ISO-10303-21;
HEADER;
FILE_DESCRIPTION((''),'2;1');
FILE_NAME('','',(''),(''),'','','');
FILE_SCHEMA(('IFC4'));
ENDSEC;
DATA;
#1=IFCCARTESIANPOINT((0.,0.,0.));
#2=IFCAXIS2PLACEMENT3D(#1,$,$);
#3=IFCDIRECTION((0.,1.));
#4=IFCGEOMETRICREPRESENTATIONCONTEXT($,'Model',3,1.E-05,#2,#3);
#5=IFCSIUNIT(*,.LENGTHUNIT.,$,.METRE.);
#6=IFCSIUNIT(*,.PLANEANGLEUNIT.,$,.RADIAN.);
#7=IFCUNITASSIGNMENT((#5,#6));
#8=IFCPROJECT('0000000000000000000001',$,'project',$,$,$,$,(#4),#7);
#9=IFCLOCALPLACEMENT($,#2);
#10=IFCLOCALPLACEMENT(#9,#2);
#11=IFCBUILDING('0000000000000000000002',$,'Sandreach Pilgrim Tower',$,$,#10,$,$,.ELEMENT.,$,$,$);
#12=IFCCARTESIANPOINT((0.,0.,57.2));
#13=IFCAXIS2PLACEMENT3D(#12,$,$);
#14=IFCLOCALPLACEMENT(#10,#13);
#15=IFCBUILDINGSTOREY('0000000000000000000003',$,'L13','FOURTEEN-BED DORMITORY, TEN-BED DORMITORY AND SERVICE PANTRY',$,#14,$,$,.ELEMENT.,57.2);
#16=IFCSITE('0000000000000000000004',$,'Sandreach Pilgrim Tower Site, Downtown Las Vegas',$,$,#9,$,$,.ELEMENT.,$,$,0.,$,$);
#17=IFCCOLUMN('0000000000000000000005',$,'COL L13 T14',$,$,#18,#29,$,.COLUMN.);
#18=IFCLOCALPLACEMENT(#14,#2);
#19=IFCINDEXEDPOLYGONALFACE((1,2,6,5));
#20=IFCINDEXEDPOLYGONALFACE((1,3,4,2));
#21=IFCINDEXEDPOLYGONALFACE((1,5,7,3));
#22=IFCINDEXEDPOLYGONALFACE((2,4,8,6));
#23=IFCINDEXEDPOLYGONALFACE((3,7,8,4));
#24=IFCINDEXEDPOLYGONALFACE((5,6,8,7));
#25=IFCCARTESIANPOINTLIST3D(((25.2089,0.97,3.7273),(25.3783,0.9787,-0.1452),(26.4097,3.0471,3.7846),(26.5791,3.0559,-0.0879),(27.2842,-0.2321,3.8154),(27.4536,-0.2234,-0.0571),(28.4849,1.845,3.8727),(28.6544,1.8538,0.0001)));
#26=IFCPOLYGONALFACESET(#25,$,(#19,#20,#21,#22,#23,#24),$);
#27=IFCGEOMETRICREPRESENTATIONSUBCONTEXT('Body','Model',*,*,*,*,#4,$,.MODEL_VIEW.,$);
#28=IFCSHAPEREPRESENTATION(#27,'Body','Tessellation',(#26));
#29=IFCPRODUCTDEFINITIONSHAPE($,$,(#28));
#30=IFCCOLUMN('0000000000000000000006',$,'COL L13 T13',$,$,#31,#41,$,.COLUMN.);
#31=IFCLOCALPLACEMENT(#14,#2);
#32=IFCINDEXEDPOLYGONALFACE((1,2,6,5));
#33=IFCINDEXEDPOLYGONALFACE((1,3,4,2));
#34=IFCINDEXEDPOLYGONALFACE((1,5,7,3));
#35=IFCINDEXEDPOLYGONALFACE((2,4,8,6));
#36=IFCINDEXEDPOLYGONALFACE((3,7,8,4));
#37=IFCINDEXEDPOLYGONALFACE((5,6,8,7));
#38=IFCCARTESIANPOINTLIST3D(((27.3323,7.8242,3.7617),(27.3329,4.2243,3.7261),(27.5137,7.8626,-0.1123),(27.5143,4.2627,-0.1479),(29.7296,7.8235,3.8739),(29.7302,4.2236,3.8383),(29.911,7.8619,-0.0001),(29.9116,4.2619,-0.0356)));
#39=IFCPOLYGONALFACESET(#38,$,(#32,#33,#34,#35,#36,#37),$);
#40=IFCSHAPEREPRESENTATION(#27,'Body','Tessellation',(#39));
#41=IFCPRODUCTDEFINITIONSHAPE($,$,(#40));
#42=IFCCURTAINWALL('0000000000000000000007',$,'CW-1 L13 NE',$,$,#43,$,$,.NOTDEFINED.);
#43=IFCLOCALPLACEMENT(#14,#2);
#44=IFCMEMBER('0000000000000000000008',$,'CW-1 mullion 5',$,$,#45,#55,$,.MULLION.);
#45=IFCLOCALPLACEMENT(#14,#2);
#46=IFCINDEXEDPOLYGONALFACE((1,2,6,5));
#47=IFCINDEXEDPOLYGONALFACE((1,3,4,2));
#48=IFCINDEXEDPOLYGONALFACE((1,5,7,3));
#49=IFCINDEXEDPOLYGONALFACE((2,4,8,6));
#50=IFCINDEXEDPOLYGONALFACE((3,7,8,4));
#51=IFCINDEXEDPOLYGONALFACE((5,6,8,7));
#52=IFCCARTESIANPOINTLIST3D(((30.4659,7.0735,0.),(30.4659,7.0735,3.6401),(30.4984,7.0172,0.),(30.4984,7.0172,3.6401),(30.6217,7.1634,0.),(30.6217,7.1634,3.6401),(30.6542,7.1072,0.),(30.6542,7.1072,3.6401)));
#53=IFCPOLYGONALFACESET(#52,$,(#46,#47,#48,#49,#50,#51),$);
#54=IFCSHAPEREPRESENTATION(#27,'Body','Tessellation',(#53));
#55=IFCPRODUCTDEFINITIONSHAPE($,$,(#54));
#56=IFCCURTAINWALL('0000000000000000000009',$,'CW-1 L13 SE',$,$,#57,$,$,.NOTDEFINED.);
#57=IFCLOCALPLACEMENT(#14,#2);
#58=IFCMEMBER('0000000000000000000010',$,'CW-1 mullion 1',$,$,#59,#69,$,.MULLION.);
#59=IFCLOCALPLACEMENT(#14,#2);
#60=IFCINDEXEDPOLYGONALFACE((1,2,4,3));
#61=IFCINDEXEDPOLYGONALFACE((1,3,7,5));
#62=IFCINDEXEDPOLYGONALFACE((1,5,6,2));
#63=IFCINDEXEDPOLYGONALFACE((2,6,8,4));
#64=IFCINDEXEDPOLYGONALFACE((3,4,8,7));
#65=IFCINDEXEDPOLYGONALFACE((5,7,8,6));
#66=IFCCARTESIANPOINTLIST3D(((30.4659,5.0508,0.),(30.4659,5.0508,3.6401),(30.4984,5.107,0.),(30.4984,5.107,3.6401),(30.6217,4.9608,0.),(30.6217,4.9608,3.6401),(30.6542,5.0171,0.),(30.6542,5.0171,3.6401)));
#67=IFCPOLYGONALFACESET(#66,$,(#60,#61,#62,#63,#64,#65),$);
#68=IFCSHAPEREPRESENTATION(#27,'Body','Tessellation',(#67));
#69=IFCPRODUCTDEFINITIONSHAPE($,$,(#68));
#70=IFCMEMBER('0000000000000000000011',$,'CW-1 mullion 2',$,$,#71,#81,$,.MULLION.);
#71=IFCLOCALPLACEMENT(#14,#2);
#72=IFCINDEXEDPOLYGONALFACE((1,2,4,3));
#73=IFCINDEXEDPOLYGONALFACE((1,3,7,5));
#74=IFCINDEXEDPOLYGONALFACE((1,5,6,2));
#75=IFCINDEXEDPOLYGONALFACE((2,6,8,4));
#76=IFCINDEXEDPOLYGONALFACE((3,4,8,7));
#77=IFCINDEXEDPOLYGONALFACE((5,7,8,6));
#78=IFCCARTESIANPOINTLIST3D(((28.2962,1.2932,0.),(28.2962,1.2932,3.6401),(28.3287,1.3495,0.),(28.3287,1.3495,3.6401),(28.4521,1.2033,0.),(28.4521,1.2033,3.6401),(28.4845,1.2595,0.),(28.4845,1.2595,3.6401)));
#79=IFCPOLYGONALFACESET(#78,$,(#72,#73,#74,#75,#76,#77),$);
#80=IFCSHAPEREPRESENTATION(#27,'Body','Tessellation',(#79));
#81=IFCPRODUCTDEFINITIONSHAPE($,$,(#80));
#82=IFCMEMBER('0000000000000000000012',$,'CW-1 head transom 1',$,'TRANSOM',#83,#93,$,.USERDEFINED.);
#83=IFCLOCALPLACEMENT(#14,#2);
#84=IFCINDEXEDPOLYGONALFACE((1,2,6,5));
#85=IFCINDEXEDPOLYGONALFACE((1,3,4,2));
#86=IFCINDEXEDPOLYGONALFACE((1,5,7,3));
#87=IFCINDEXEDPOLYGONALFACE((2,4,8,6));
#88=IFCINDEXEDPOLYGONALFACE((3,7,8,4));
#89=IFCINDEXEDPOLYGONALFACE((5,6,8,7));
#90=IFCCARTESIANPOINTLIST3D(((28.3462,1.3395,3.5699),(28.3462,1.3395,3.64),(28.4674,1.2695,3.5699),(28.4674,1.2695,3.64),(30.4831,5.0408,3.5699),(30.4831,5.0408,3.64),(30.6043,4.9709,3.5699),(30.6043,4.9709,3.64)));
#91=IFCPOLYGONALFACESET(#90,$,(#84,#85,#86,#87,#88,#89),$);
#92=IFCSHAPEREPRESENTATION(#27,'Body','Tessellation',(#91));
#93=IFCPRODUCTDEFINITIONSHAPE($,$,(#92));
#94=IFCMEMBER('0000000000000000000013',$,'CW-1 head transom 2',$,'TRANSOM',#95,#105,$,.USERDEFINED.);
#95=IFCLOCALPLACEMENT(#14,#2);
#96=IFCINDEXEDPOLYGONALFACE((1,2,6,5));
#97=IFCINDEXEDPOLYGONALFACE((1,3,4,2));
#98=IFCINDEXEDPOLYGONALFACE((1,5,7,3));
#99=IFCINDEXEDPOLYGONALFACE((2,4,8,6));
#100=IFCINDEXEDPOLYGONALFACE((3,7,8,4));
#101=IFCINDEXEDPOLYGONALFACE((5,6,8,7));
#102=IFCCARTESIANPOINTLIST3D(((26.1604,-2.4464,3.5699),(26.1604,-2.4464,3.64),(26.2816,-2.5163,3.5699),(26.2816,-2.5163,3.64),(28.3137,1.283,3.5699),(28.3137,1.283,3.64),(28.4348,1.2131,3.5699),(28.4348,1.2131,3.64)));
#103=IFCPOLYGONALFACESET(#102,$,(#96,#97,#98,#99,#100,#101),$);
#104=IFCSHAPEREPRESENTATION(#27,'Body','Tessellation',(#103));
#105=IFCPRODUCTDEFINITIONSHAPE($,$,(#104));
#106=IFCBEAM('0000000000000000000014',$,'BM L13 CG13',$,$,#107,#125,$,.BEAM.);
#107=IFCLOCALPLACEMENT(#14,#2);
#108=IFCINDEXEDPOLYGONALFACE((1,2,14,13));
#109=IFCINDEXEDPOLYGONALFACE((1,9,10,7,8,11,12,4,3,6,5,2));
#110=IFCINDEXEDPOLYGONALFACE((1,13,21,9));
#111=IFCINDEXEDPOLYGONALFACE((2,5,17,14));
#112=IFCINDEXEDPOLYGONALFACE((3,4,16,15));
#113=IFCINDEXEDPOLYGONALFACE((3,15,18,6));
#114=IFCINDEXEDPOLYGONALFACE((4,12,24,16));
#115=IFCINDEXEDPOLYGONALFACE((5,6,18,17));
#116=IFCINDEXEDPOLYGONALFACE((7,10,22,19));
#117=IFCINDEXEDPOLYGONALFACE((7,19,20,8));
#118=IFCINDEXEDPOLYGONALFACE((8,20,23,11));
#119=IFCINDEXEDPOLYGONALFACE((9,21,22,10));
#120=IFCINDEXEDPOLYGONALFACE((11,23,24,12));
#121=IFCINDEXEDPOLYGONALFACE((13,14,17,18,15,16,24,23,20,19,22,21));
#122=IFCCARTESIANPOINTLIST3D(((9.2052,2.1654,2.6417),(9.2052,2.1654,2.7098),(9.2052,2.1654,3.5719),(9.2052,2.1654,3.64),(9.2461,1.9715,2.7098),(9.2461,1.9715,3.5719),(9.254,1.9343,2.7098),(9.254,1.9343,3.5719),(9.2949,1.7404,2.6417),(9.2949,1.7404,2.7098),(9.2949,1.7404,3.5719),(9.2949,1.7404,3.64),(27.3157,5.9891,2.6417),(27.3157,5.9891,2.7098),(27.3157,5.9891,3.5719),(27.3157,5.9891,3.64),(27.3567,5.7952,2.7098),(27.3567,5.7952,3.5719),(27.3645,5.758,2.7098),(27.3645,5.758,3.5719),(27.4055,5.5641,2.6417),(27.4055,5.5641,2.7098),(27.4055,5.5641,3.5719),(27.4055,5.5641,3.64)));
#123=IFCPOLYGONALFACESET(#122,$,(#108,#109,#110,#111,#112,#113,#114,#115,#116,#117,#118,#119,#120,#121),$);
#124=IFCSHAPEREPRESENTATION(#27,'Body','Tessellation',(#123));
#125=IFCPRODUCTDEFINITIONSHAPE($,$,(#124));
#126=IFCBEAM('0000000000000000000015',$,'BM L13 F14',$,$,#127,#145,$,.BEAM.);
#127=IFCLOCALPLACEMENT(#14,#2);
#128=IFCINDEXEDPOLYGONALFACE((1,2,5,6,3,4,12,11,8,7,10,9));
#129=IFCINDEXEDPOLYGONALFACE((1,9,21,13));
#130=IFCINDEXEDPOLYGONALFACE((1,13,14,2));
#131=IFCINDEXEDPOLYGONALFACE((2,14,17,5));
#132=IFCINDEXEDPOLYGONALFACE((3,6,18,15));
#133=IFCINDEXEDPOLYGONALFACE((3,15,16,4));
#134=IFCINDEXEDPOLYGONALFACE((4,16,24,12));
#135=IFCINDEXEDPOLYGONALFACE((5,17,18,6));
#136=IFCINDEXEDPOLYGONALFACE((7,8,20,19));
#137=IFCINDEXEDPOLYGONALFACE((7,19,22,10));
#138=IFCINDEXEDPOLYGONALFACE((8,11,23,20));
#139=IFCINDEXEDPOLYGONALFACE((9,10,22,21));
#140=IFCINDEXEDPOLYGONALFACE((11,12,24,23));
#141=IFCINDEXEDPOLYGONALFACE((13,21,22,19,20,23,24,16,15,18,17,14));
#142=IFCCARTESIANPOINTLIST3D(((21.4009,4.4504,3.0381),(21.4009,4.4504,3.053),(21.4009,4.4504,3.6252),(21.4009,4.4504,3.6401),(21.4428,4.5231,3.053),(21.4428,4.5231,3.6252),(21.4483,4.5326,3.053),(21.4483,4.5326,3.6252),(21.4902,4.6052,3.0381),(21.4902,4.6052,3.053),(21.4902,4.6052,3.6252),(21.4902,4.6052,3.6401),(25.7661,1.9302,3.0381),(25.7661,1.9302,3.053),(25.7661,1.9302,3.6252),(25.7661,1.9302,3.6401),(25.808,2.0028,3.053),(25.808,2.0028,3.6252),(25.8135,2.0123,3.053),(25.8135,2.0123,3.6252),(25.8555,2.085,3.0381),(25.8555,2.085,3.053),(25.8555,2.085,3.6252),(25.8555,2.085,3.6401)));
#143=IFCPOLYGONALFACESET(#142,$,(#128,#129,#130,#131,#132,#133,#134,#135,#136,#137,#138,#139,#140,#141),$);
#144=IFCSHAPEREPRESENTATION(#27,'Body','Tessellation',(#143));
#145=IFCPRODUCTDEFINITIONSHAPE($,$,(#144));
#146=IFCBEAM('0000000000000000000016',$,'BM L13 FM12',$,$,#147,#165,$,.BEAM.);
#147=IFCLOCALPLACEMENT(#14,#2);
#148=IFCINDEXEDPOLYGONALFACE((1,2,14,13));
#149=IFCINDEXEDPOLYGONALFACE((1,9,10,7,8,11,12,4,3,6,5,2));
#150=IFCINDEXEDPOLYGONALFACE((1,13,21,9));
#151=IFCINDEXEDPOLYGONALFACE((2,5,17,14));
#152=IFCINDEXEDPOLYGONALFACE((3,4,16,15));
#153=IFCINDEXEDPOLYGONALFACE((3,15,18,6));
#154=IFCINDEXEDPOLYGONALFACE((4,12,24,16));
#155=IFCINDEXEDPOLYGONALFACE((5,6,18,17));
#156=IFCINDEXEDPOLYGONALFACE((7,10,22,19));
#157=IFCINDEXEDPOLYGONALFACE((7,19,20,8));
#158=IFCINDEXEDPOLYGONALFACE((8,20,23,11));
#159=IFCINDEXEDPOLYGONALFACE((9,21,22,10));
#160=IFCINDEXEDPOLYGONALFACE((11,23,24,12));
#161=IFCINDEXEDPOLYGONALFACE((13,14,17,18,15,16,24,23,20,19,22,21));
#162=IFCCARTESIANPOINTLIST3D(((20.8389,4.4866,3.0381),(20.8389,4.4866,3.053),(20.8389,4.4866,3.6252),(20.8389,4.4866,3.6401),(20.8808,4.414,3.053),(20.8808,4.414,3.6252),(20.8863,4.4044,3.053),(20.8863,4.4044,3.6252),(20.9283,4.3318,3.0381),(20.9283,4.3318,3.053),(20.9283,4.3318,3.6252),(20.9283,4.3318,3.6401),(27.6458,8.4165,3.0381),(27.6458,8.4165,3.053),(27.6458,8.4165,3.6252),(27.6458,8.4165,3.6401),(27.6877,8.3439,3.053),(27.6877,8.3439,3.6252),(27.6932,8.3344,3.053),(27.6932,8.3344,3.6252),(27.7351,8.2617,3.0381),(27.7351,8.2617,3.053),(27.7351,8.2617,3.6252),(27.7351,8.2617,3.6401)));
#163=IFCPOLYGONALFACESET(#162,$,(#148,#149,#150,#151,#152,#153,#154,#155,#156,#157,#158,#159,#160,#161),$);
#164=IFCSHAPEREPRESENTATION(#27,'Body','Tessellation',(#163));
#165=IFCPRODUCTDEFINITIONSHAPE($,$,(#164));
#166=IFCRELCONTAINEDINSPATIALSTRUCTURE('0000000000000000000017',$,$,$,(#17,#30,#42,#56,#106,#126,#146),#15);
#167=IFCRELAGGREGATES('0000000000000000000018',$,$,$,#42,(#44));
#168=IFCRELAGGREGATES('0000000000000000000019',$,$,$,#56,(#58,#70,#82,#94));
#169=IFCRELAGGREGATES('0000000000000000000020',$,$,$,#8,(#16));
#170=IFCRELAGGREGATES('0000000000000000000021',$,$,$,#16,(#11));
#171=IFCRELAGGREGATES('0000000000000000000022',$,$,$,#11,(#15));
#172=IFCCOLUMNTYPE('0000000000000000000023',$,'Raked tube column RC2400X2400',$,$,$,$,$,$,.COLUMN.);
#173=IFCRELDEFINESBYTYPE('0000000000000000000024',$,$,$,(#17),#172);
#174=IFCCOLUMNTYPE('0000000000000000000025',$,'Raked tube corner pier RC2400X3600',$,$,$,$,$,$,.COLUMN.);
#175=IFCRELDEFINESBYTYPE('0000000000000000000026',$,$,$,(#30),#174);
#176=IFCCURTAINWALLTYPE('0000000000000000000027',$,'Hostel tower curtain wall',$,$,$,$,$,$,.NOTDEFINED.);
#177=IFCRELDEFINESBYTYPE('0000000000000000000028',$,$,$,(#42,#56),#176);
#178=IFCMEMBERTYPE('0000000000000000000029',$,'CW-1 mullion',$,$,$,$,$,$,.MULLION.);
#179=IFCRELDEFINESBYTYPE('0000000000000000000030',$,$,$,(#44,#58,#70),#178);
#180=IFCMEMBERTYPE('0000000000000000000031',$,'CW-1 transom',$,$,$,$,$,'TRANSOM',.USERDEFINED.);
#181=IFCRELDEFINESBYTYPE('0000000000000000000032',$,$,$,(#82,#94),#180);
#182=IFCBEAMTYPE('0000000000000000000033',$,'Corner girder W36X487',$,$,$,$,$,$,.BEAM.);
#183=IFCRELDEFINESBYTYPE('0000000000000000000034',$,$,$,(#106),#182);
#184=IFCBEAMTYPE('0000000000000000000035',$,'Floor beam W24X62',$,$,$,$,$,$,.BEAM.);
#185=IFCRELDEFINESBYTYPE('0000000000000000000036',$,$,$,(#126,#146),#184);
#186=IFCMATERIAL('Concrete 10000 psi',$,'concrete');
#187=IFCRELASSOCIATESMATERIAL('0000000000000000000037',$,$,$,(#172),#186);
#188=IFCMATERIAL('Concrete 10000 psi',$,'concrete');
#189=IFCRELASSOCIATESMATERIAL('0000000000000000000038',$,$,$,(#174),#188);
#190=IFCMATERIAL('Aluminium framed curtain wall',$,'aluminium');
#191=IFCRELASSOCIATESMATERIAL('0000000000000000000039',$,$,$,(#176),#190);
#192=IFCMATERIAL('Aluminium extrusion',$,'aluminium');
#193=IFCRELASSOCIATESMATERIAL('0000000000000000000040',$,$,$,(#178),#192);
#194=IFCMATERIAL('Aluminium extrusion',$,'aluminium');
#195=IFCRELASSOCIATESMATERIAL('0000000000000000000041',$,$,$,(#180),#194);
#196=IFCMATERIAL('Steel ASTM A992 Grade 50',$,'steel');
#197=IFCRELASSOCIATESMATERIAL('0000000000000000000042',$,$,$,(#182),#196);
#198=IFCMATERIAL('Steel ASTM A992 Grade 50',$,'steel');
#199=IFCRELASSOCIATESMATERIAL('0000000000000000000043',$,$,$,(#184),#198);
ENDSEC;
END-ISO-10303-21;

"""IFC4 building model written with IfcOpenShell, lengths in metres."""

from ifc_helpers import new_model, si_unit, direction, frame, origin, origin_2d, place, context, subcontext, project, spatial, rectangle, i_section, extrude, material, material_profile, profile_set, type_object, element, aggregate, save


model = new_model("IFC4")

# Units and contexts
model_context = context("Model", 3, precision=1e-05, world=origin(), true_north=direction((0.0, 1.0)))
body_context = subcontext(model_context, "Body", "Model", "MODEL_VIEW")
ifc_project = project(units=[si_unit("LENGTHUNIT", "METRE"), si_unit("PLANEANGLEUNIT", "RADIAN")], contexts=[model_context])

# Site, building, storey
site_placement = place(None, origin())
site = spatial("IfcSite", under=ifc_project, at=site_placement, Name="Sandreach Pilgrim Tower Site, Downtown Las Vegas", CompositionType="ELEMENT", RefElevation=0.0)
building_placement = place(site_placement, origin())
building = spatial("IfcBuilding", under=site, at=building_placement, Name="Sandreach Pilgrim Tower", CompositionType="ELEMENT")
storey_placement = place(building_placement, frame((0.0, 0.0, 57.2)))
storey = spatial("IfcBuildingStorey", under=building, at=storey_placement, Name="L13", Description="FOURTEEN-BED DORMITORY, TEN-BED DORMITORY AND SERVICE PANTRY", CompositionType="ELEMENT", Elevation=57.2)

# Columns
ifc_material_1 = material(Name="Concrete 10000 psi", Category="concrete")
ifc_material_profile_1 = material_profile(ifc_material_1, rectangle(XDim=2.3999, YDim=2.3999, at=origin_2d()), Name="RC2400X2400")
ifc_profile_set_1 = profile_set([ifc_material_profile_1], Name="Concrete 10000 psi")
column_type_1 = type_object("IfcColumnType", Name="Raked tube column RC2400X2400", PredefinedType="COLUMN", material=ifc_profile_set_1)
column_1_placement = place(storey_placement, frame((27.0164, 1.4163, -0.0725), z_axis=(-0.04371, -0.002267, 0.999042), x_axis=(0.864729, -0.500896, 0.036697)))
element("IfcColumn", 1, at=column_1_placement, inside=storey, type_object=column_type_1, Name="COL L13 T14", PredefinedType="COLUMN", context=body_context, shape_type="SweptSolid", body=[
    extrude(rectangle(XDim=2.3999, YDim=2.3999, at=origin_2d()), origin(), (0.0, 0.0, 1.0), 3.8762),
])
ifc_material_2 = material(Name="Concrete 10000 psi", Category="concrete")
ifc_material_profile_2 = material_profile(ifc_material_2, rectangle(XDim=2.3999, YDim=3.6001, at=origin_2d()), Name="RC2400X3600")
ifc_profile_set_2 = profile_set([ifc_material_profile_2], Name="Concrete 10000 psi")
column_type_2 = type_object("IfcColumnType", Name="Raked tube corner pier RC2400X3600", PredefinedType="COLUMN", material=ifc_profile_set_2)
column_2_placement = place(storey_placement, frame((28.7126, 6.0623, -0.074), z_axis=(-0.04677, -0.009883, 0.998857), x_axis=(0.998906, -0.000297, 0.04677)))
element("IfcColumn", 2, at=column_2_placement, inside=storey, type_object=column_type_2, Name="COL L13 T13", PredefinedType="COLUMN", context=body_context, shape_type="SweptSolid", body=[
    extrude(rectangle(XDim=2.3999, YDim=3.6001, at=origin_2d()), origin(), (0.0, 0.0, 1.0), 3.8784),
])

# Curtain wall, member
ifc_material_3 = material(Name="Aluminium framed curtain wall", Category="aluminium")
curtain_wall_type = type_object("IfcCurtainWallType", Name="Hostel tower curtain wall", PredefinedType="NOTDEFINED", material=ifc_material_3)
curtain_wall_1_placement = place(storey_placement, origin())
curtain_wall_1 = element("IfcCurtainWall", 3, at=curtain_wall_1_placement, inside=storey, type_object=curtain_wall_type, Name="CW-1 L13 NE", PredefinedType="NOTDEFINED")
ifc_material_4 = material(Name="Aluminium extrusion", Category="aluminium")
ifc_material_profile_3 = material_profile(ifc_material_4, rectangle(XDim=0.0649, YDim=0.1799, at=origin_2d()), Name="CW-1M 65X180")
ifc_profile_set_3 = profile_set([ifc_material_profile_3], Name="Aluminium extrusion")
member_type_1 = type_object("IfcMemberType", Name="CW-1 mullion", PredefinedType="MULLION", material=ifc_profile_set_3)
member_1_placement = place(storey_placement, frame((30.5601, 7.0903, 0.0), z_axis=(0.0, 0.0, 1.0), x_axis=(0.5, -0.866025, 0.0)))
member_1 = element("IfcMember", 4, at=member_1_placement, type_object=member_type_1, Name="CW-1 mullion 5", PredefinedType="MULLION", context=body_context, shape_type="SweptSolid", body=[
    extrude(rectangle(XDim=0.0649, YDim=0.1799, at=origin_2d()), origin(), (0.0, 0.0, 1.0), 3.6401),
])

# Curtain wall, members
curtain_wall_2_placement = place(storey_placement, origin())
curtain_wall_2 = element("IfcCurtainWall", 5, at=curtain_wall_2_placement, inside=storey, type_object=curtain_wall_type, Name="CW-1 L13 SE", PredefinedType="NOTDEFINED")
member_2_placement = place(storey_placement, frame((30.5601, 5.0339, 0.0), z_axis=(0.0, 0.0, 1.0), x_axis=(-0.5, -0.866025, 0.0)))
member_2 = element("IfcMember", 6, at=member_2_placement, type_object=member_type_1, Name="CW-1 mullion 1", PredefinedType="MULLION", context=body_context, shape_type="SweptSolid", body=[
    extrude(rectangle(XDim=0.0649, YDim=0.1799, at=origin_2d()), origin(), (0.0, 0.0, 1.0), 3.6401),
])
member_3_placement = place(storey_placement, frame((28.3904, 1.2764, 0.0), z_axis=(0.0, 0.0, 1.0), x_axis=(-0.5, -0.866025, 0.0)))
member_3 = element("IfcMember", 7, at=member_3_placement, type_object=member_type_1, Name="CW-1 mullion 2", PredefinedType="MULLION", context=body_context, shape_type="SweptSolid", body=[
    extrude(rectangle(XDim=0.0649, YDim=0.1799, at=origin_2d()), origin(), (0.0, 0.0, 1.0), 3.6401),
])
ifc_material_5 = material(Name="Aluminium extrusion", Category="aluminium")
ifc_material_profile_4 = material_profile(ifc_material_5, rectangle(XDim=0.1399, YDim=0.0701, at=origin_2d()), Name="CW-1T 140X70")
ifc_profile_set_4 = profile_set([ifc_material_profile_4], Name="Aluminium extrusion")
member_type_2 = type_object("IfcMemberType", Name="CW-1 transom", ElementType="TRANSOM", PredefinedType="USERDEFINED", material=ifc_profile_set_4)
member_4_placement = place(storey_placement, frame((30.5437, 5.0059, 3.605), z_axis=(-0.499991, -0.866031, 0.0), x_axis=(0.866031, -0.499991, 0.0)))
member_4 = element("IfcMember", 8, at=member_4_placement, type_object=member_type_2, Name="CW-1 head transom 1", ObjectType="TRANSOM", PredefinedType="USERDEFINED", context=body_context, shape_type="SweptSolid", body=[
    extrude(rectangle(XDim=0.1399, YDim=0.0701, at=origin_2d()), origin(), (0.0, 0.0, 1.0), 4.2739),
])
member_5_placement = place(storey_placement, frame((28.3743, 1.248, 3.605), z_axis=(-0.500017, -0.866016, 0.0), x_axis=(0.866016, -0.500017, 0.0)))
member_5 = element("IfcMember", 9, at=member_5_placement, type_object=member_type_2, Name="CW-1 head transom 2", ObjectType="TRANSOM", PredefinedType="USERDEFINED", context=body_context, shape_type="SweptSolid", body=[
    extrude(rectangle(XDim=0.1399, YDim=0.0701, at=origin_2d()), origin(), (0.0, 0.0, 1.0), 4.3064),
])

# Beams
ifc_material_6 = material(Name="Steel ASTM A992 Grade 50", Category="steel")
ifc_material_profile_5 = material_profile(ifc_material_6, i_section(OverallWidth=0.4343, OverallDepth=0.9983, WebThickness=0.0381, FlangeThickness=0.0681, at=origin_2d()), Name="W36X487")
ifc_profile_set_5 = profile_set([ifc_material_profile_5], Name="Steel ASTM A992 Grade 50")
beam_type_1 = type_object("IfcBeamType", Name="Corner girder W36X487", PredefinedType="BEAM", material=ifc_profile_set_5)
beam_1_placement = place(storey_placement, frame((27.3606, 5.7766, 3.1409), z_axis=(-0.97843, -0.206578, 0.0), x_axis=(0.206578, -0.97843, 0.0)))
element("IfcBeam", 10, at=beam_1_placement, inside=storey, type_object=beam_type_1, Name="BM L13 CG13", PredefinedType="BEAM", context=body_context, shape_type="SweptSolid", body=[
    extrude(i_section(OverallWidth=0.4343, OverallDepth=0.9983, WebThickness=0.0381, FlangeThickness=0.0681, at=origin_2d()), origin(), (0.0, 0.0, 1.0), 18.5098),
])
ifc_material_7 = material(Name="Steel ASTM A992 Grade 50", Category="steel")
ifc_material_profile_6 = material_profile(ifc_material_7, i_section(OverallWidth=0.1787, OverallDepth=0.6021, WebThickness=0.011, FlangeThickness=0.0149, at=origin_2d()), Name="W24X62")
ifc_profile_set_6 = profile_set([ifc_material_profile_6], Name="Steel ASTM A992 Grade 50")
beam_type_2 = type_object("IfcBeamType", Name="Floor beam W24X62", PredefinedType="BEAM", material=ifc_profile_set_6)
beam_2_placement = place(storey_placement, frame((25.8108, 2.0076, 3.3391), z_axis=(-0.866026, 0.499999, 0.0), x_axis=(-0.499999, -0.866026, 0.0)))
element("IfcBeam", 11, at=beam_2_placement, inside=storey, type_object=beam_type_2, Name="BM L13 F14", PredefinedType="BEAM", context=body_context, shape_type="SweptSolid", body=[
    extrude(i_section(OverallWidth=0.1787, OverallDepth=0.6021, WebThickness=0.011, FlangeThickness=0.0149, at=origin_2d()), origin(), (0.0, 0.0, 1.0), 5.0405),
])
beam_3_placement = place(storey_placement, frame((27.6904, 8.3391, 3.3391), z_axis=(-0.866027, -0.499998, 0.0), x_axis=(0.499998, -0.866027, 0.0)))
element("IfcBeam", 12, at=beam_3_placement, inside=storey, type_object=beam_type_2, Name="BM L13 FM12", PredefinedType="BEAM", context=body_context, shape_type="SweptSolid", body=[
    extrude(i_section(OverallWidth=0.1787, OverallDepth=0.6021, WebThickness=0.011, FlangeThickness=0.0149, at=origin_2d()), origin(), (0.0, 0.0, 1.0), 7.8599),
])

aggregate(curtain_wall_1, [member_1])
aggregate(curtain_wall_2, [member_2, member_3, member_4, member_5])

save(model, "model.ifc")
